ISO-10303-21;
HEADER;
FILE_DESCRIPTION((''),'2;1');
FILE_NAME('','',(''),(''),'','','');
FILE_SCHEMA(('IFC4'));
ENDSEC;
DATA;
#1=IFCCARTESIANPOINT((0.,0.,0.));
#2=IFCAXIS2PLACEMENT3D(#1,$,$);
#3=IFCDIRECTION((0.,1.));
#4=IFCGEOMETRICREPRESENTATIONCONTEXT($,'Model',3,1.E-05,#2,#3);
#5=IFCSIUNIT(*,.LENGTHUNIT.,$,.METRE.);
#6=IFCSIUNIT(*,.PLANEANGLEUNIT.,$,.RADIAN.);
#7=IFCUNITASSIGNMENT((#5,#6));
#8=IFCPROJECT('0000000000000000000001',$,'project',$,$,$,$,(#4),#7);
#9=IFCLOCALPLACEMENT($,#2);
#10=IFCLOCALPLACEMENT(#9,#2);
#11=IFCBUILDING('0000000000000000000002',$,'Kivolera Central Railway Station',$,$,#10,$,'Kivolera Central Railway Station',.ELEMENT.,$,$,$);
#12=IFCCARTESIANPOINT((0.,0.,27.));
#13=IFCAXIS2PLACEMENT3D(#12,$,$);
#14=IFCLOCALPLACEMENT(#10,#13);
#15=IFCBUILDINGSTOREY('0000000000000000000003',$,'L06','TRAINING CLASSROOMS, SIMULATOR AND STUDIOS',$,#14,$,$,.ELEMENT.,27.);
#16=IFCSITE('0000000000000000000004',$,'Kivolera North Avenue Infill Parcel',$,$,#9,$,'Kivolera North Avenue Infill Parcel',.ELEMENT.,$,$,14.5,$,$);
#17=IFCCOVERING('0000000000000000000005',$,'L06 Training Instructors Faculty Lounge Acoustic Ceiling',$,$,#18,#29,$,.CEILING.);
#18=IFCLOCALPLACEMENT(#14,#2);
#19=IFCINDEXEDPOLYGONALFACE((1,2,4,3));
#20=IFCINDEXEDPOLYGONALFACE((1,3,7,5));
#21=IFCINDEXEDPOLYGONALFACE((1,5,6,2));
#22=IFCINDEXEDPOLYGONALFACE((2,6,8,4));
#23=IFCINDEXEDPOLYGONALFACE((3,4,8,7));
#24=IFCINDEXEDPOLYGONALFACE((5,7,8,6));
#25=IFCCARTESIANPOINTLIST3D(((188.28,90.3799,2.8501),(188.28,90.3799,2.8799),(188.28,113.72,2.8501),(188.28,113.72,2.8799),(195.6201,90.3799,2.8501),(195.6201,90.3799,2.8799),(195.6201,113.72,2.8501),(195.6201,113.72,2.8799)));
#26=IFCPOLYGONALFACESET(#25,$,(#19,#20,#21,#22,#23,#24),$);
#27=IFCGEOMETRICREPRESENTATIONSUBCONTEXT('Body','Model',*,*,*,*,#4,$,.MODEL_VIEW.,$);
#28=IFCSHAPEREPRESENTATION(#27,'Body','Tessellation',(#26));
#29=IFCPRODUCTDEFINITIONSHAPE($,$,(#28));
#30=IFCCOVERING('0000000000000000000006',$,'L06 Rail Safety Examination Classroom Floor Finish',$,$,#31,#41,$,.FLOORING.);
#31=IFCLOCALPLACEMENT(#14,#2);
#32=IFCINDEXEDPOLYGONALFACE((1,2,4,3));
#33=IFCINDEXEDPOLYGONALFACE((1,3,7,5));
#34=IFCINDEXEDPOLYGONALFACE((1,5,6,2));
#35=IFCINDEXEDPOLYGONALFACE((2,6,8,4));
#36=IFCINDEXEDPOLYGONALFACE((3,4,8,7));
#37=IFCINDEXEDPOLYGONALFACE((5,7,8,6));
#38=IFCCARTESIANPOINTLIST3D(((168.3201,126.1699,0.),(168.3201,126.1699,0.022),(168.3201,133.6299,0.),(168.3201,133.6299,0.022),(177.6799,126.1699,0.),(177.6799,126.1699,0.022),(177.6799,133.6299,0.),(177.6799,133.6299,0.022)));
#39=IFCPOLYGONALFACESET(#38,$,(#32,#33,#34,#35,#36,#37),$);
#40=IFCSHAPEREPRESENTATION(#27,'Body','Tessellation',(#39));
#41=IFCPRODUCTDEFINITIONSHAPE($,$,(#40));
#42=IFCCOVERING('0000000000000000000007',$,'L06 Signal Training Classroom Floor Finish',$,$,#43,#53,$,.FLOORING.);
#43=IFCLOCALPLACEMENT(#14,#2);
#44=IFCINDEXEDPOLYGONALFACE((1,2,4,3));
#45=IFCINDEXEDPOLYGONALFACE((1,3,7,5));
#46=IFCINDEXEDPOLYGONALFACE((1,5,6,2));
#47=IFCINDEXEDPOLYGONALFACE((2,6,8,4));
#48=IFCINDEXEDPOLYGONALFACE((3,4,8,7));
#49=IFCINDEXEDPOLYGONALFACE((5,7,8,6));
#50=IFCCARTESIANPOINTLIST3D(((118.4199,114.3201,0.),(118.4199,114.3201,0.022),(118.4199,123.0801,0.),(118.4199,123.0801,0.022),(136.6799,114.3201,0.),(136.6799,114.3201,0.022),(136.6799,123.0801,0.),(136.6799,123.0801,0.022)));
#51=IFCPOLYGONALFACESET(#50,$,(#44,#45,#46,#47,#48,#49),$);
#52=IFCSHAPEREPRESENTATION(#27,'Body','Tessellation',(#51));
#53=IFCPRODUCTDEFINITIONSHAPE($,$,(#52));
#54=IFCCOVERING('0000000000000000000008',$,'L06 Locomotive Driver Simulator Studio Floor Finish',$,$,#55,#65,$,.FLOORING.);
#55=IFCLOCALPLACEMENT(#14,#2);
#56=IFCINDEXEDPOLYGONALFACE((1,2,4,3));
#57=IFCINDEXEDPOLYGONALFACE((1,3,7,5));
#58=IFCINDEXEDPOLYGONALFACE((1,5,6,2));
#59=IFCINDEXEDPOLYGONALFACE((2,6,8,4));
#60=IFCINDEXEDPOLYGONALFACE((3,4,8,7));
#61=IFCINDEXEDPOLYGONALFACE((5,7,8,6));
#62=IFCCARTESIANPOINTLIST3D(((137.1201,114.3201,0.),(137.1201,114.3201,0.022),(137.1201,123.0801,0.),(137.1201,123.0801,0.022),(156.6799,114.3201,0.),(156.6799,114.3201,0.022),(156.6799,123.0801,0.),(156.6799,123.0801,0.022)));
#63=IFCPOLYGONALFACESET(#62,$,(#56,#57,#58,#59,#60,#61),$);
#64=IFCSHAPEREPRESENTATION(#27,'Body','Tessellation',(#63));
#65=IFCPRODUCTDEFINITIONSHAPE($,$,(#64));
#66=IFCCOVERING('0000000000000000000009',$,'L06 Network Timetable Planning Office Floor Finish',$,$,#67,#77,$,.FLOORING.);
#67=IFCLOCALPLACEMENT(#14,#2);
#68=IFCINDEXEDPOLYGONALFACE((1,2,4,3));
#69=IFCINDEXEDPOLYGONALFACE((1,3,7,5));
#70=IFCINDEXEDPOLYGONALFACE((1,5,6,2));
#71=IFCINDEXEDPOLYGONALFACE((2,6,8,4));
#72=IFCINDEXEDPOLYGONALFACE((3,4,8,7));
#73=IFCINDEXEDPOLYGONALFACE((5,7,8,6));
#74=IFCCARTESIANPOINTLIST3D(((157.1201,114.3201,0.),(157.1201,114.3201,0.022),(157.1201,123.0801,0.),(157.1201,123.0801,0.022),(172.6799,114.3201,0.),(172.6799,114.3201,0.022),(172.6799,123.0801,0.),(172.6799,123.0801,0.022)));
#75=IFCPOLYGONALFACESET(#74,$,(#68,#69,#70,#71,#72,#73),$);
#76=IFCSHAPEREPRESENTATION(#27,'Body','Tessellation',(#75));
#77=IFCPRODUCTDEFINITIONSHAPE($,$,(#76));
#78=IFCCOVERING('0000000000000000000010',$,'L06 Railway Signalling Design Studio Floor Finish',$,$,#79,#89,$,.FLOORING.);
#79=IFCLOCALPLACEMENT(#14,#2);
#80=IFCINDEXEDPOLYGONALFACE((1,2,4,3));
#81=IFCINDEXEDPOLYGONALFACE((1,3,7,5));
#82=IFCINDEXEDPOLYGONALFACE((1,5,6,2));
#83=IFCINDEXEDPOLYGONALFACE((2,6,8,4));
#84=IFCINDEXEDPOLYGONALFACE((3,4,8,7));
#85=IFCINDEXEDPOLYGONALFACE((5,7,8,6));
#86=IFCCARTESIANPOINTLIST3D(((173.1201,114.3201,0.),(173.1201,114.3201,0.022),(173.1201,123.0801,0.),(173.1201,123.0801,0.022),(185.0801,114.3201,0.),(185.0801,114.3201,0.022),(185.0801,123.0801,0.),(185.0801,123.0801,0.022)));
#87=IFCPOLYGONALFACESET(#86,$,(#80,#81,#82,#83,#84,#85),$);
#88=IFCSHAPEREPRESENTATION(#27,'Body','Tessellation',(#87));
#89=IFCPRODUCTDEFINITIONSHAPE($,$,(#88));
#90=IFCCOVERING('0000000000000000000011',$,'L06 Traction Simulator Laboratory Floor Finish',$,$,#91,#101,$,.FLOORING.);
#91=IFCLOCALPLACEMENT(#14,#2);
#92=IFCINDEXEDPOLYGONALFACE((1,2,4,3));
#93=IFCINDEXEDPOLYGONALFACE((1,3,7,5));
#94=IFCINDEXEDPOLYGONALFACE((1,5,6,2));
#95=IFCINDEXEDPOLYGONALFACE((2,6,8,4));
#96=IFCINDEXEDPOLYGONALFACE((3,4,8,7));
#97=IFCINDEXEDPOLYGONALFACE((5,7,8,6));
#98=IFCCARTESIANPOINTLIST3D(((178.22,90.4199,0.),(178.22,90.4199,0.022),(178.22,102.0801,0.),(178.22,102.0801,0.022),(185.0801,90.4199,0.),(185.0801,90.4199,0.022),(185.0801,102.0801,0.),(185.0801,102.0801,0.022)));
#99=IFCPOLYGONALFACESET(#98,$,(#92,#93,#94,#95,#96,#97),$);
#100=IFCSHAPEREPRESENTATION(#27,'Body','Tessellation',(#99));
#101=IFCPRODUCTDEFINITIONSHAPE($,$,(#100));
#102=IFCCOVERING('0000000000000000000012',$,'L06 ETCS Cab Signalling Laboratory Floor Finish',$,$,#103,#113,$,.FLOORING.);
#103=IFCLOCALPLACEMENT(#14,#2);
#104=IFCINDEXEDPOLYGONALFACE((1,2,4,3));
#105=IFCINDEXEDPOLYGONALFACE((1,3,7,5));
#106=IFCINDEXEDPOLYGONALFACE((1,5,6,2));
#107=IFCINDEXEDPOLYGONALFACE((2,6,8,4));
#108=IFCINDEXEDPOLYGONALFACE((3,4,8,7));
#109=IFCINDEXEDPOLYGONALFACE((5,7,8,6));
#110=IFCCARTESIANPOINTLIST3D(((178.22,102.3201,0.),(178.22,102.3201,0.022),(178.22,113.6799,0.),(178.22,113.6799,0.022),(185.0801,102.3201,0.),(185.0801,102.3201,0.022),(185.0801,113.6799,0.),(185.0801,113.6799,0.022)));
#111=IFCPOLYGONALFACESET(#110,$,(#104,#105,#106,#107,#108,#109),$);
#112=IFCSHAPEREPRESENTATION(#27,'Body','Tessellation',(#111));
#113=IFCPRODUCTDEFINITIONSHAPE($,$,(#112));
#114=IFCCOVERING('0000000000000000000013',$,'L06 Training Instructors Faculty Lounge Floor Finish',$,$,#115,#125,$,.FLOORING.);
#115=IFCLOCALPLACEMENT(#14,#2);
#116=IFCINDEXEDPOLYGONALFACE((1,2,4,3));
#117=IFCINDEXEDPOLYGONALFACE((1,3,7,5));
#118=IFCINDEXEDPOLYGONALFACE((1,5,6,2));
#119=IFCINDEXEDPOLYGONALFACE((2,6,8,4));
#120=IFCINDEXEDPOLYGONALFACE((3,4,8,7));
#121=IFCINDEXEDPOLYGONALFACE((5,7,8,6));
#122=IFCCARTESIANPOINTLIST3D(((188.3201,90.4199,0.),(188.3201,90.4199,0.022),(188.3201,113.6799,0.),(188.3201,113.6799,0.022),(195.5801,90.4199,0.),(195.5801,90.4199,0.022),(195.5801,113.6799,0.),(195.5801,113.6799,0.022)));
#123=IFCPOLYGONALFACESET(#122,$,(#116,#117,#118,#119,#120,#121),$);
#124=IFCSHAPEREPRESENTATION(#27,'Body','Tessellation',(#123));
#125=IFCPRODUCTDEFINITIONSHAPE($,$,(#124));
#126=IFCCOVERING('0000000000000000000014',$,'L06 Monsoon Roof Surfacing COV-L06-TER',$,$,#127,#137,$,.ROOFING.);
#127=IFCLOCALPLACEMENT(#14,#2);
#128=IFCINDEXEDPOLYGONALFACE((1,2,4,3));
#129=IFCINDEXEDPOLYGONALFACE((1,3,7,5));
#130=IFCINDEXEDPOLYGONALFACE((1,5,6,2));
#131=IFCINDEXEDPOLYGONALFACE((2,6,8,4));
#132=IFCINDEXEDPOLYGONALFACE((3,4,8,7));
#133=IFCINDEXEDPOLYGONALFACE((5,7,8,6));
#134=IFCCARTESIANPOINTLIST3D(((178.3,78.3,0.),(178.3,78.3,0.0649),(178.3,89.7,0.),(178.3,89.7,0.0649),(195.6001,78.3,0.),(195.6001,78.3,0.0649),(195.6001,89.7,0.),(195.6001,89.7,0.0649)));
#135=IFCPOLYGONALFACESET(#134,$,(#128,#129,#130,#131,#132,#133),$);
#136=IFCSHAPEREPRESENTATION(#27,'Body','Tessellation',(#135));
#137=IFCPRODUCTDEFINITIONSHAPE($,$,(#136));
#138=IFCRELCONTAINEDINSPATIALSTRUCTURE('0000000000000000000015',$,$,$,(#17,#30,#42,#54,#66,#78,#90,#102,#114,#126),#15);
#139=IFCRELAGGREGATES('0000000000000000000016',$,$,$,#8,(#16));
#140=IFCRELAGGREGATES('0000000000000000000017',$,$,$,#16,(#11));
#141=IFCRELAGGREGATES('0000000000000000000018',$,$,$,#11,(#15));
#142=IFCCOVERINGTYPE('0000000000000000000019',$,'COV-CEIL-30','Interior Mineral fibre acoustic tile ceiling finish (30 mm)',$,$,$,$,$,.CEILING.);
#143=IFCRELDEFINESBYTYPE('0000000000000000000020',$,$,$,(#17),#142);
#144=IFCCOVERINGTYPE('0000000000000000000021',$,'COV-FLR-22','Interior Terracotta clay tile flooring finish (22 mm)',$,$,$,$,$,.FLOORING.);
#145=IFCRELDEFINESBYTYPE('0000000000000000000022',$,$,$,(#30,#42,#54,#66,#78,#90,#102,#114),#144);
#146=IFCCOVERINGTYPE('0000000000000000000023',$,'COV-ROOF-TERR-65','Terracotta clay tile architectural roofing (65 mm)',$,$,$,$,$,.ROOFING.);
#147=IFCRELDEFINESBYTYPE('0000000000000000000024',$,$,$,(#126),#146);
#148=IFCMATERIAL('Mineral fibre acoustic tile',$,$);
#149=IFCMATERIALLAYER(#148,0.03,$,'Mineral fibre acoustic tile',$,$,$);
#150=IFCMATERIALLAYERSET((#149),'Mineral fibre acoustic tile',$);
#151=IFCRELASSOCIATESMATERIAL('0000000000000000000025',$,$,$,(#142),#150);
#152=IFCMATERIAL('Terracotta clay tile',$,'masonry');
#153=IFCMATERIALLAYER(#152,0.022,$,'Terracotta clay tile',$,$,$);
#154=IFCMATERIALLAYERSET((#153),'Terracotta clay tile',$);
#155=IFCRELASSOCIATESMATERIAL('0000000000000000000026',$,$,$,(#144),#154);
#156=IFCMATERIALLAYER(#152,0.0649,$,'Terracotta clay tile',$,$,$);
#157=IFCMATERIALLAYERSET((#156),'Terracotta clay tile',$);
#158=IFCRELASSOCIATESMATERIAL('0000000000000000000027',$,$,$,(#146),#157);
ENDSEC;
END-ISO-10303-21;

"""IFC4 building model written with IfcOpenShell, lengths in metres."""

from ifc_helpers import new_model, si_unit, direction, frame, origin, place, context, subcontext, project, spatial, polyline, outline, extrude, material, layer, layer_set, type_object, element, save


model = new_model("IFC4")

# Units and contexts
model_context = context("Model", 3, precision=1e-05, world=origin(), true_north=direction((0.0, 1.0)))
body_context = subcontext(model_context, "Body", "Model", "MODEL_VIEW")
ifc_project = project(units=[si_unit("LENGTHUNIT", "METRE"), si_unit("PLANEANGLEUNIT", "RADIAN")], contexts=[model_context])

# Site, building, storey
site_placement = place(None, origin())
site = spatial("IfcSite", under=ifc_project, at=site_placement, Name="Kivolera North Avenue Infill Parcel", LongName="Kivolera North Avenue Infill Parcel", CompositionType="ELEMENT", RefElevation=14.5)
building_placement = place(site_placement, origin())
building = spatial("IfcBuilding", under=site, at=building_placement, Name="Kivolera Central Railway Station", LongName="Kivolera Central Railway Station", CompositionType="ELEMENT")
storey_placement = place(building_placement, frame((0.0, 0.0, 27.0)))
storey = spatial("IfcBuildingStorey", under=building, at=storey_placement, Name="L06", Description="TRAINING CLASSROOMS, SIMULATOR AND STUDIOS", CompositionType="ELEMENT", Elevation=27.0)

# Coverings
ifc_material_1 = material(Name="Mineral fibre acoustic tile")
ifc_layer_1 = layer(ifc_material_1, 0.03, Name="Mineral fibre acoustic tile")
ifc_layer_set_1 = layer_set([ifc_layer_1], Name="Mineral fibre acoustic tile")
covering_type_1 = type_object("IfcCoveringType", Name="COV-CEIL-30", Description="Interior Mineral fibre acoustic tile ceiling finish (30 mm)", PredefinedType="CEILING", material=ifc_layer_set_1)
covering_1_placement = place(storey_placement, frame((0.0, 0.0, 2.8501)))
element("IfcCovering", 1, at=covering_1_placement, inside=storey, type_object=covering_type_1, Name="L06 Training Instructors Faculty Lounge Acoustic Ceiling", PredefinedType="CEILING", context=body_context, shape_type="SweptSolid", body=[
    extrude(outline(polyline([(188.28, 90.3799), (195.6201, 90.3799), (195.6201, 113.72), (188.28, 113.72), (188.28, 90.3799)])), origin(), (0.0, 0.0, 1.0), 0.0298),
])
ifc_material_2 = material(Name="Terracotta clay tile", Category="masonry")
ifc_layer_2 = layer(ifc_material_2, 0.022, Name="Terracotta clay tile")
ifc_layer_set_2 = layer_set([ifc_layer_2], Name="Terracotta clay tile")
covering_type_2 = type_object("IfcCoveringType", Name="COV-FLR-22", Description="Interior Terracotta clay tile flooring finish (22 mm)", PredefinedType="FLOORING", material=ifc_layer_set_2)
covering_2_placement = place(storey_placement, origin())
element("IfcCovering", 2, at=covering_2_placement, inside=storey, type_object=covering_type_2, Name="L06 Rail Safety Examination Classroom Floor Finish", PredefinedType="FLOORING", context=body_context, shape_type="SweptSolid", body=[
    extrude(outline(polyline([(168.3201, 126.1699), (177.6799, 126.1699), (177.6799, 133.6299), (168.3201, 133.6299), (168.3201, 126.1699)])), origin(), (0.0, 0.0, 1.0), 0.022),
])
covering_3_placement = place(storey_placement, origin())
element("IfcCovering", 3, at=covering_3_placement, inside=storey, type_object=covering_type_2, Name="L06 Signal Training Classroom Floor Finish", PredefinedType="FLOORING", context=body_context, shape_type="SweptSolid", body=[
    extrude(outline(polyline([(118.4199, 114.3201), (136.6799, 114.3201), (136.6799, 123.0801), (118.4199, 123.0801), (118.4199, 114.3201)])), origin(), (0.0, 0.0, 1.0), 0.022),
])
covering_4_placement = place(storey_placement, origin())
element("IfcCovering", 4, at=covering_4_placement, inside=storey, type_object=covering_type_2, Name="L06 Locomotive Driver Simulator Studio Floor Finish", PredefinedType="FLOORING", context=body_context, shape_type="SweptSolid", body=[
    extrude(outline(polyline([(137.1201, 114.3201), (156.6799, 114.3201), (156.6799, 123.0801), (137.1201, 123.0801), (137.1201, 114.3201)])), origin(), (0.0, 0.0, 1.0), 0.022),
])
covering_5_placement = place(storey_placement, origin())
element("IfcCovering", 5, at=covering_5_placement, inside=storey, type_object=covering_type_2, Name="L06 Network Timetable Planning Office Floor Finish", PredefinedType="FLOORING", context=body_context, shape_type="SweptSolid", body=[
    extrude(outline(polyline([(157.1201, 114.3201), (172.6799, 114.3201), (172.6799, 123.0801), (157.1201, 123.0801), (157.1201, 114.3201)])), origin(), (0.0, 0.0, 1.0), 0.022),
])
covering_6_placement = place(storey_placement, origin())
element("IfcCovering", 6, at=covering_6_placement, inside=storey, type_object=covering_type_2, Name="L06 Railway Signalling Design Studio Floor Finish", PredefinedType="FLOORING", context=body_context, shape_type="SweptSolid", body=[
    extrude(outline(polyline([(173.1201, 114.3201), (185.0801, 114.3201), (185.0801, 123.0801), (173.1201, 123.0801), (173.1201, 114.3201)])), origin(), (0.0, 0.0, 1.0), 0.022),
])
covering_7_placement = place(storey_placement, origin())
element("IfcCovering", 7, at=covering_7_placement, inside=storey, type_object=covering_type_2, Name="L06 Traction Simulator Laboratory Floor Finish", PredefinedType="FLOORING", context=body_context, shape_type="SweptSolid", body=[
    extrude(outline(polyline([(178.22, 90.4199), (185.0801, 90.4199), (185.0801, 102.0801), (178.22, 102.0801), (178.22, 90.4199)])), origin(), (0.0, 0.0, 1.0), 0.022),
])
covering_8_placement = place(storey_placement, origin())
element("IfcCovering", 8, at=covering_8_placement, inside=storey, type_object=covering_type_2, Name="L06 ETCS Cab Signalling Laboratory Floor Finish", PredefinedType="FLOORING", context=body_context, shape_type="SweptSolid", body=[
    extrude(outline(polyline([(178.22, 102.3201), (185.0801, 102.3201), (185.0801, 113.6799), (178.22, 113.6799), (178.22, 102.3201)])), origin(), (0.0, 0.0, 1.0), 0.022),
])
covering_9_placement = place(storey_placement, origin())
element("IfcCovering", 9, at=covering_9_placement, inside=storey, type_object=covering_type_2, Name="L06 Training Instructors Faculty Lounge Floor Finish", PredefinedType="FLOORING", context=body_context, shape_type="SweptSolid", body=[
    extrude(outline(polyline([(188.3201, 90.4199), (195.5801, 90.4199), (195.5801, 113.6799), (188.3201, 113.6799), (188.3201, 90.4199)])), origin(), (0.0, 0.0, 1.0), 0.022),
])
ifc_layer_3 = layer(ifc_material_2, 0.0649, Name="Terracotta clay tile")
ifc_layer_set_3 = layer_set([ifc_layer_3], Name="Terracotta clay tile")
covering_type_3 = type_object("IfcCoveringType", Name="COV-ROOF-TERR-65", Description="Terracotta clay tile architectural roofing (65 mm)", PredefinedType="ROOFING", material=ifc_layer_set_3)
covering_10_placement = place(storey_placement, origin())
element("IfcCovering", 10, at=covering_10_placement, inside=storey, type_object=covering_type_3, Name="L06 Monsoon Roof Surfacing COV-L06-TER", PredefinedType="ROOFING", context=body_context, shape_type="SweptSolid", body=[
    extrude(outline(polyline([(178.3, 78.3), (195.6001, 78.3), (195.6001, 89.7), (178.3, 89.7), (178.3, 78.3)])), origin(), (0.0, 0.0, 1.0), 0.0649),
])

save(model, "model.ifc")
